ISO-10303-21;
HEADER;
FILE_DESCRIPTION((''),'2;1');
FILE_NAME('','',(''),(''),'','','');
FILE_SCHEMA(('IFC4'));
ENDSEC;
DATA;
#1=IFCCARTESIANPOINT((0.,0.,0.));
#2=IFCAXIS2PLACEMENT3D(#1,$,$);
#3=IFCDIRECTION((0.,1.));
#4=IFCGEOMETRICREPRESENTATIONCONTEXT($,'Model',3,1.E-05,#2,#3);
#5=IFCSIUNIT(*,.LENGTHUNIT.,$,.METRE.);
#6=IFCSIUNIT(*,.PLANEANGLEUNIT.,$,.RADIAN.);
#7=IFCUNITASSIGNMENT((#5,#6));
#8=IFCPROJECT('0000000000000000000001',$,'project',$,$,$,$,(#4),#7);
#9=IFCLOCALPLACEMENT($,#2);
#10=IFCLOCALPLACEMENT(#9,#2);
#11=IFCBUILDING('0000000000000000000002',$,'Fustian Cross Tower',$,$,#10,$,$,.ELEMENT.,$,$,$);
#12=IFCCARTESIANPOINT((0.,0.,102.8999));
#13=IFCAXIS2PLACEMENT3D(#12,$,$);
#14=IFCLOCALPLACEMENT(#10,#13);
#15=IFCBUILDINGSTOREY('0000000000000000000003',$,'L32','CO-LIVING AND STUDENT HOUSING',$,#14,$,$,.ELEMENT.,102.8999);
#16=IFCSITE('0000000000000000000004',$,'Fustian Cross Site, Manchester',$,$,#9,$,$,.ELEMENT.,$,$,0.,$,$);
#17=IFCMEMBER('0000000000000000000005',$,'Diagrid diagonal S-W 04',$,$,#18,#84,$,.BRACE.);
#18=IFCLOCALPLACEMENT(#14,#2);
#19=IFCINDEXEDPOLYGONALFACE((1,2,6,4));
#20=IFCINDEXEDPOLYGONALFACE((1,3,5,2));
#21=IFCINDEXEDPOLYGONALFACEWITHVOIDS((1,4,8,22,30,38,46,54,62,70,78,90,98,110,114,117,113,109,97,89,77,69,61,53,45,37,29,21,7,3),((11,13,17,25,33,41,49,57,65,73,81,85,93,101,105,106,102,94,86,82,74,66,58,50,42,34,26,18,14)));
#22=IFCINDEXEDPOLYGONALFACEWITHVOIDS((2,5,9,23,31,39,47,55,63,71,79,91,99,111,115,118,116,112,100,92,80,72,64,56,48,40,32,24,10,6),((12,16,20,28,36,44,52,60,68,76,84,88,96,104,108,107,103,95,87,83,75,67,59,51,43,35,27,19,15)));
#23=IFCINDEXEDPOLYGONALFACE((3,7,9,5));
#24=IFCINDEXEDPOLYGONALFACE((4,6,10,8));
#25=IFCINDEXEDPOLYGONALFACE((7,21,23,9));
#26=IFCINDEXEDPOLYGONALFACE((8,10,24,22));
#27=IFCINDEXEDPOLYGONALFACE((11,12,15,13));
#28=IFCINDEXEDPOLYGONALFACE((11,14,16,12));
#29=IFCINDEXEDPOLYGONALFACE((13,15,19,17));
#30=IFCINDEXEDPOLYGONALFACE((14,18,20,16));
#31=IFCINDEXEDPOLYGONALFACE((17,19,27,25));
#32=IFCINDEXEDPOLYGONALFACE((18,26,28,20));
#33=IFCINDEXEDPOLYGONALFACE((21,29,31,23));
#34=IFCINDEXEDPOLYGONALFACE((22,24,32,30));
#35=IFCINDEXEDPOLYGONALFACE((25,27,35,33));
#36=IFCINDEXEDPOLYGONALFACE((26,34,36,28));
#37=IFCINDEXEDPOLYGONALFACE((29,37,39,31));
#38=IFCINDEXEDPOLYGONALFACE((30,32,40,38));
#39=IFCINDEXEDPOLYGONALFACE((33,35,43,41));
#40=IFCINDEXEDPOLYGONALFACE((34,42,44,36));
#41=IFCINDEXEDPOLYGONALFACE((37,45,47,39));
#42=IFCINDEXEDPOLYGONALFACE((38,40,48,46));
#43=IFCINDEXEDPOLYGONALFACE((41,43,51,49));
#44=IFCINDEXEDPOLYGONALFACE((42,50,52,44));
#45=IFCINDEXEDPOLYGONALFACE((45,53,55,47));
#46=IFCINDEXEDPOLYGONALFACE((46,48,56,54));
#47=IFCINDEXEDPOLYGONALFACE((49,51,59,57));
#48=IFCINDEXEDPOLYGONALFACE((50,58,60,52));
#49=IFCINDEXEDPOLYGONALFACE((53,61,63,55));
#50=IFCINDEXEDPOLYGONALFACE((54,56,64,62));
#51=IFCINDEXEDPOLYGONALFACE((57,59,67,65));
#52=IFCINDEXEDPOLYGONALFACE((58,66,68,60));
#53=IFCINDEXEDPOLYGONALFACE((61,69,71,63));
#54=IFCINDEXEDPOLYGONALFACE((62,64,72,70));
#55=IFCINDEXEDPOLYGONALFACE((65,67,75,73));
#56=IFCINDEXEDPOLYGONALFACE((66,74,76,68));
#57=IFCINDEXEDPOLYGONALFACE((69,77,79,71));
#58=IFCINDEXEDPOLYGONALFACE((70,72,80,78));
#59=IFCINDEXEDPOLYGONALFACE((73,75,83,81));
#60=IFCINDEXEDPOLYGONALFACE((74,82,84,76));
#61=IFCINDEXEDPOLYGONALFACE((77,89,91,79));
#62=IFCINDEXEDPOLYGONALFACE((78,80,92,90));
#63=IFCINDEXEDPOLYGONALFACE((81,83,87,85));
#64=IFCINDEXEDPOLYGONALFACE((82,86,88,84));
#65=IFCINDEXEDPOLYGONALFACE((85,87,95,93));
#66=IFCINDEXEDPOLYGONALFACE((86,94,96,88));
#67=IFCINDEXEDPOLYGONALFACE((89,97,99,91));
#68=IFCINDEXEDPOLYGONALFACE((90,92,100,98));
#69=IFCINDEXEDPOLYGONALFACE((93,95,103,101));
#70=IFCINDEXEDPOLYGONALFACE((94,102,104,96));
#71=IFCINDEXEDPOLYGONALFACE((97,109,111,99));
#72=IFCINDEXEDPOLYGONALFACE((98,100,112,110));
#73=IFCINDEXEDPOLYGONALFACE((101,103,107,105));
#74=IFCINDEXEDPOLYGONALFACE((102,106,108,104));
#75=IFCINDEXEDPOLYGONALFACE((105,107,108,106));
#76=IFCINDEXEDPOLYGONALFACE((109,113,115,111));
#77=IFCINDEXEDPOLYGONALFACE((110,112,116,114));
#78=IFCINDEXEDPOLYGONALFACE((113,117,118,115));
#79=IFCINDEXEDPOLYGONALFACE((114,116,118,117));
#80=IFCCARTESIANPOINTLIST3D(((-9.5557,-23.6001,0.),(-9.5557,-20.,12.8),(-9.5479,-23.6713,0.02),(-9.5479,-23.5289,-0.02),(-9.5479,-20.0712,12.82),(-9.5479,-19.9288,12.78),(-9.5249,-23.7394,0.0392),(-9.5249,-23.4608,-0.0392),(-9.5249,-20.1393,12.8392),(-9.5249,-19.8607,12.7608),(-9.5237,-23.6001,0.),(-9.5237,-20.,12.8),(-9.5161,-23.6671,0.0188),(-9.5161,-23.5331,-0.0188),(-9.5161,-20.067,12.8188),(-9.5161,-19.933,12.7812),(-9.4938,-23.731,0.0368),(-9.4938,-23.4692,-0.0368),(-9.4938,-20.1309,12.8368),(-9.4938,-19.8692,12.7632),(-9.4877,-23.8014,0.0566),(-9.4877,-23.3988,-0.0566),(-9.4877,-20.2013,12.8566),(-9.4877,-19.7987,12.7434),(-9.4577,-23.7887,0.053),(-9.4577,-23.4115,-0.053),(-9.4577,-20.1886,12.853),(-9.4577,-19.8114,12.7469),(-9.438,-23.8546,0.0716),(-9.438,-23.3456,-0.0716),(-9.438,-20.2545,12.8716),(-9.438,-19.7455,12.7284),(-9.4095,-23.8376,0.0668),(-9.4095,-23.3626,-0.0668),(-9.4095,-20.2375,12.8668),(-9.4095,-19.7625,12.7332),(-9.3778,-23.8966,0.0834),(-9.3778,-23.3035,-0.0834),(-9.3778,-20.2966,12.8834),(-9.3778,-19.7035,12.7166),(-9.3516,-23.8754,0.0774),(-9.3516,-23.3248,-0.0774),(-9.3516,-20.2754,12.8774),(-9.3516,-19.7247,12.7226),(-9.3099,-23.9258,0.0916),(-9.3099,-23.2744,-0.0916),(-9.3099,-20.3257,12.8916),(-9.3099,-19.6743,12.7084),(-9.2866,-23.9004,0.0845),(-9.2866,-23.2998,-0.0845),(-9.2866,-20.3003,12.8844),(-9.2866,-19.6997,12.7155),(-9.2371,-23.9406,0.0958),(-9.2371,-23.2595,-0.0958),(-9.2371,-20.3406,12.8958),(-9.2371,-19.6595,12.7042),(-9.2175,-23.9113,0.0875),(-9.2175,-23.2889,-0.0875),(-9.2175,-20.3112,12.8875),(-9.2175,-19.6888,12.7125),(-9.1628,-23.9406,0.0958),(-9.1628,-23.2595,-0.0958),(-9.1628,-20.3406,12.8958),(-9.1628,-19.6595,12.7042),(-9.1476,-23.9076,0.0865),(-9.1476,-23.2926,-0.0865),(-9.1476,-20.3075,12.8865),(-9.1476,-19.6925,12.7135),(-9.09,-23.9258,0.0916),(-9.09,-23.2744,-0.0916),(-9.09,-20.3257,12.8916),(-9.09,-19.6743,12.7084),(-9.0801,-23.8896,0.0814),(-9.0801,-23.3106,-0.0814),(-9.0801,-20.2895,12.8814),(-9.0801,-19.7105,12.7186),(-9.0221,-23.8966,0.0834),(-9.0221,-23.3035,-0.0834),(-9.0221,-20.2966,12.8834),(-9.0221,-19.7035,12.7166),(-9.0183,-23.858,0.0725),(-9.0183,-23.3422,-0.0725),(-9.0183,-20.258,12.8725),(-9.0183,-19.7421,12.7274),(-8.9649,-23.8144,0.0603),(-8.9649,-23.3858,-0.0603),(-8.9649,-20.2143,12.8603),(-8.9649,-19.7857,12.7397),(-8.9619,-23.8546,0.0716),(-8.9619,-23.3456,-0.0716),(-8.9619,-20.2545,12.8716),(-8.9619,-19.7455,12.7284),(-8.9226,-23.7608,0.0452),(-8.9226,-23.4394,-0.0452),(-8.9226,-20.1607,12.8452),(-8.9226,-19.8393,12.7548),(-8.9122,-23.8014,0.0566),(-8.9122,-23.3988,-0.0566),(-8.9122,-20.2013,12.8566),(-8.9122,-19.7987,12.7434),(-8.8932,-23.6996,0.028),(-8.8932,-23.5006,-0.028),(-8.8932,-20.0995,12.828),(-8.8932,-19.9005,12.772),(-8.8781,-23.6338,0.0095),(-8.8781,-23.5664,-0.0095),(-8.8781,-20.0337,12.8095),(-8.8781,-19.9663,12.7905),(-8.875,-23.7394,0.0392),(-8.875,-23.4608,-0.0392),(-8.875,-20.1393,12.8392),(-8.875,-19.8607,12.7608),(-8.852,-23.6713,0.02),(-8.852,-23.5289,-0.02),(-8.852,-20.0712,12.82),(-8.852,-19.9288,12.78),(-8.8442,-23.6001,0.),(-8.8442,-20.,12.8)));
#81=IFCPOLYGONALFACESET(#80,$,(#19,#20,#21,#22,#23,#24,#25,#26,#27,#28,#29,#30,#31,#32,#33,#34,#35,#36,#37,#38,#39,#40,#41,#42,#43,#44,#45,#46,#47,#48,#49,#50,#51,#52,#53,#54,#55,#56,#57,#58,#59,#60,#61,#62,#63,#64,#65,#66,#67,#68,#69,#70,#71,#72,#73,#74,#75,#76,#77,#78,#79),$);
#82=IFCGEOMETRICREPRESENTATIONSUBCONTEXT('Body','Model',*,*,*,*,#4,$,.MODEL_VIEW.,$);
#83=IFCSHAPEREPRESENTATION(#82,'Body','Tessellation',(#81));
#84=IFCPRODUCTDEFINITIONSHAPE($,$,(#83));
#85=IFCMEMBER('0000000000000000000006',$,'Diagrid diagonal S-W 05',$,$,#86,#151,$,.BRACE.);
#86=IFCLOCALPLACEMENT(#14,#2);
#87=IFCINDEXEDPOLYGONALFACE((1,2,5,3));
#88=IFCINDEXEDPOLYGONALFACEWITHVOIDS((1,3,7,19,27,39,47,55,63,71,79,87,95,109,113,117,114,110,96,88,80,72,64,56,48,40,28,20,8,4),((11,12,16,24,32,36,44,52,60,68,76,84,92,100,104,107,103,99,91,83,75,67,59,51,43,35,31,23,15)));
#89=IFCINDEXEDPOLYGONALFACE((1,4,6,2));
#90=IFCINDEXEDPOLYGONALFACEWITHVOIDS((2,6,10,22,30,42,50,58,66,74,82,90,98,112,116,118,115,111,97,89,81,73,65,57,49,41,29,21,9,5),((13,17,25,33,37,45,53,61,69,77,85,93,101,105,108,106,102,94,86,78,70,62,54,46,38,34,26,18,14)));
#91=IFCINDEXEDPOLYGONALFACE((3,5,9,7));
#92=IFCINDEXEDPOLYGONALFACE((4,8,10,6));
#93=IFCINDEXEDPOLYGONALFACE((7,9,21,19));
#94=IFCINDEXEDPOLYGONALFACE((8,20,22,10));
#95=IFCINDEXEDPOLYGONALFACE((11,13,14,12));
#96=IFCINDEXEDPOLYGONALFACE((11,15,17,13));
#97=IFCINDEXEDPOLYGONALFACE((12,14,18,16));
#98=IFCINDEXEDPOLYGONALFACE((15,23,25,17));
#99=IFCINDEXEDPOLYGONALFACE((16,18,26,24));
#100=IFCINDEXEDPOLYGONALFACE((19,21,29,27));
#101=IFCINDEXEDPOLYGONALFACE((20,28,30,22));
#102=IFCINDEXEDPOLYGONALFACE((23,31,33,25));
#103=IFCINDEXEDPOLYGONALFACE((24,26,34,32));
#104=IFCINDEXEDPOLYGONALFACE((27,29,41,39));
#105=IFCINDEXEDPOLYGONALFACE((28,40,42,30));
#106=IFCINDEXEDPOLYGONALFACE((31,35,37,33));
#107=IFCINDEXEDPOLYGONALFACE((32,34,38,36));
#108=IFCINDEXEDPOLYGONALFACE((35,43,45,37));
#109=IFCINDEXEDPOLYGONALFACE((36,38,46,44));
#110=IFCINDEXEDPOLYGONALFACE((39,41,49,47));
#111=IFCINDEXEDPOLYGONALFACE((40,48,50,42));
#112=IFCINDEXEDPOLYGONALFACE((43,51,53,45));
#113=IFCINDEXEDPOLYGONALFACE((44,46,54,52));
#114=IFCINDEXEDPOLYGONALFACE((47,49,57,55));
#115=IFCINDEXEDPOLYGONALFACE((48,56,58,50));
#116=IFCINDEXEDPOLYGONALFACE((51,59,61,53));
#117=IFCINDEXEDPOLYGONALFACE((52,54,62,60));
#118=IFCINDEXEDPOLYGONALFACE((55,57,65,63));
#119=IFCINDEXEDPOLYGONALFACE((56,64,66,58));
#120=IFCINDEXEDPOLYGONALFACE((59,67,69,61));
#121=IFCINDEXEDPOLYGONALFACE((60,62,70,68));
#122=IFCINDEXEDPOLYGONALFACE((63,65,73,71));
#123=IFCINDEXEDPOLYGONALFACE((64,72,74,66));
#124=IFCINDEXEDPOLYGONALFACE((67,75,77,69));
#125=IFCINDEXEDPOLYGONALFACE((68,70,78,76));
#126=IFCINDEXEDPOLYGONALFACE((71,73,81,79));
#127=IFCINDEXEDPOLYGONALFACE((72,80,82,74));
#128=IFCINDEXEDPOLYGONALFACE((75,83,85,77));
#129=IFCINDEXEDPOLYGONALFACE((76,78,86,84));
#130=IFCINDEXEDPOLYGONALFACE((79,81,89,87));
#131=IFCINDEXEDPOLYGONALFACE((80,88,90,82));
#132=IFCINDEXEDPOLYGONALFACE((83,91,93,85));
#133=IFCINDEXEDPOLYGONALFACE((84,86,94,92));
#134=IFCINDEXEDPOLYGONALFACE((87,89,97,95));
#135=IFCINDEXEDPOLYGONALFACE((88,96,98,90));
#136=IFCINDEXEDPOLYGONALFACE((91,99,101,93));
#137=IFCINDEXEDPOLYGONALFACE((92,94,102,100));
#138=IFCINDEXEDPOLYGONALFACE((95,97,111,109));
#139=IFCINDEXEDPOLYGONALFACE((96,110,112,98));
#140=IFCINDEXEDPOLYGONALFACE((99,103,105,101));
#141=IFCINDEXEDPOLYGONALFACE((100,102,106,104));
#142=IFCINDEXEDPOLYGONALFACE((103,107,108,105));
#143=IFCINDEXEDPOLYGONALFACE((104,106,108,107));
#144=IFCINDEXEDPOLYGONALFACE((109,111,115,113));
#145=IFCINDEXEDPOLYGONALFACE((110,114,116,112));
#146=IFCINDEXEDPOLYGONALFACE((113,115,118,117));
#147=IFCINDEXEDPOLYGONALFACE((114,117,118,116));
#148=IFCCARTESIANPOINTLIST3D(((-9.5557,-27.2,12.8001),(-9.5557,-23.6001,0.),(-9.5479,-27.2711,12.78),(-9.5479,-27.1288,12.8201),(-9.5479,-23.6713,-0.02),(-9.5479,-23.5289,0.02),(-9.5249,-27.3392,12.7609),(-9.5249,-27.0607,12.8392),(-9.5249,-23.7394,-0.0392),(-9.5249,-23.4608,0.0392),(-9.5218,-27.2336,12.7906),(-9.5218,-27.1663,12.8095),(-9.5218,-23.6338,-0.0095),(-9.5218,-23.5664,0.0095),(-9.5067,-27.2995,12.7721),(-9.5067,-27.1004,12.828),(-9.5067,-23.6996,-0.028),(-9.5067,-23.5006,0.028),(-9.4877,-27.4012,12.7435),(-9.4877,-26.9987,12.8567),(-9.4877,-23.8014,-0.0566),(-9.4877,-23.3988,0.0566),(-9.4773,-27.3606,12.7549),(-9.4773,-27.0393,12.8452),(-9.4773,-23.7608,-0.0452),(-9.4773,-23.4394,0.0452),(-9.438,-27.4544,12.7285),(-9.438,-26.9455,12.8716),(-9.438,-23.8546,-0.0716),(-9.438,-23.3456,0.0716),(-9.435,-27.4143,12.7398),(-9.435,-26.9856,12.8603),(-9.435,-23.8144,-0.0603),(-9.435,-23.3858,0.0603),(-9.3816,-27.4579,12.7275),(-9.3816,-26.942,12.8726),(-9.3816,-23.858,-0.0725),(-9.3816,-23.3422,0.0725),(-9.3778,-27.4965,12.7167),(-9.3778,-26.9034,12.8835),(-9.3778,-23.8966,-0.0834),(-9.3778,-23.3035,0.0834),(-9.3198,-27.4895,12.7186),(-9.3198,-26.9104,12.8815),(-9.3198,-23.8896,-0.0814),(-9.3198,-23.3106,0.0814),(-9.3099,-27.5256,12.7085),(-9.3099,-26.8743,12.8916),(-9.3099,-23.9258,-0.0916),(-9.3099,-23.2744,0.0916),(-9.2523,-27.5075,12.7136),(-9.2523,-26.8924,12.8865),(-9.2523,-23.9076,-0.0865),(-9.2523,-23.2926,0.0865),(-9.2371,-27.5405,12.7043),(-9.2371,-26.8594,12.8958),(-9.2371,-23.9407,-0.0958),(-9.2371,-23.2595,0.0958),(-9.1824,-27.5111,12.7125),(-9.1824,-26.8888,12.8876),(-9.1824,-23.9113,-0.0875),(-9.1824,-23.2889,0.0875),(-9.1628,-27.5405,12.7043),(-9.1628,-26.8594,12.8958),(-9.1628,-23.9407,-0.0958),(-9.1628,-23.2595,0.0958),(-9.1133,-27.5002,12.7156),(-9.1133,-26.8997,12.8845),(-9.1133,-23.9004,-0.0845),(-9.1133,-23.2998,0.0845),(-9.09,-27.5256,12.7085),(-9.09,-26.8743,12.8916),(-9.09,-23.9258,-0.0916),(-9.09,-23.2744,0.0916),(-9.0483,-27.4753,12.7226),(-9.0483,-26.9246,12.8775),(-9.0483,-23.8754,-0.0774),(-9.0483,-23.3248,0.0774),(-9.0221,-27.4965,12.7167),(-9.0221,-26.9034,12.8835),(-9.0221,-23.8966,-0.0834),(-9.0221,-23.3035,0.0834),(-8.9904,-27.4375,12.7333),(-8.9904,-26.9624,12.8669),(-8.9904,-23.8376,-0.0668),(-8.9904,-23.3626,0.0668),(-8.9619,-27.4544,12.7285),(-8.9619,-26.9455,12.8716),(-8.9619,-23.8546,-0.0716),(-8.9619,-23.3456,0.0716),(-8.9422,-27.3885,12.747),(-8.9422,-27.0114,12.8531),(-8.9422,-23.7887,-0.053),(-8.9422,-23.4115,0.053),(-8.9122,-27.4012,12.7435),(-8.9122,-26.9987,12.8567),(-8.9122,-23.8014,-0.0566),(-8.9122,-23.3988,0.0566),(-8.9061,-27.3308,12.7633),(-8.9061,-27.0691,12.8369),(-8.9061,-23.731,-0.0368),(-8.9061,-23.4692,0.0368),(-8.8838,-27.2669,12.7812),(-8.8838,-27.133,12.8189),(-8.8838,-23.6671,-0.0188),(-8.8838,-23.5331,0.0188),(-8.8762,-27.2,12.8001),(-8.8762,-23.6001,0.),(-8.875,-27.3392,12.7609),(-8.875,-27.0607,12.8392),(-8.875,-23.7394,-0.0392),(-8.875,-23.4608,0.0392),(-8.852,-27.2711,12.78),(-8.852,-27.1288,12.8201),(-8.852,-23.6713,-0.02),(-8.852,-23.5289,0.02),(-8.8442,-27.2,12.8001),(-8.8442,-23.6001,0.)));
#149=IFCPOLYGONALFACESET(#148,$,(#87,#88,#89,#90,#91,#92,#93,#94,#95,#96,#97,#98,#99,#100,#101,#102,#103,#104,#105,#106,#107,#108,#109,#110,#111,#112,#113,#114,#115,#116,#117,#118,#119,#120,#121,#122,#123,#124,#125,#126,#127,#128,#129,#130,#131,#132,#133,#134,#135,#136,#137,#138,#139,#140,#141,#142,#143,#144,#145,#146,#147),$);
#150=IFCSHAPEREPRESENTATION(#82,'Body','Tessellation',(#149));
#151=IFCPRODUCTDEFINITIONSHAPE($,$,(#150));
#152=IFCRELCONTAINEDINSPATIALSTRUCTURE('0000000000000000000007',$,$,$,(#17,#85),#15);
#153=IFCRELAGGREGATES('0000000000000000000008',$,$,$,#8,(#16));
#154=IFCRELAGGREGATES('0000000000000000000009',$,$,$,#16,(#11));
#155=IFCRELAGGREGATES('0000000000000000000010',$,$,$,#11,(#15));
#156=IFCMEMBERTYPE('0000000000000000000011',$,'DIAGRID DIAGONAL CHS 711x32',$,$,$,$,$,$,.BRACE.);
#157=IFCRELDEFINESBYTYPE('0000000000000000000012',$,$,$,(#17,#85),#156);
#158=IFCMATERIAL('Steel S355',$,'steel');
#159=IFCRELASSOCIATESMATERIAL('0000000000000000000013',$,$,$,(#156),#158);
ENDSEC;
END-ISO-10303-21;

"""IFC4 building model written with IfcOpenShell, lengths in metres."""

from ifc_helpers import new_model, si_unit, direction, frame, origin, origin_2d, place, context, subcontext, project, spatial, hollow_circle, extrude, material, material_profile, profile_set, type_object, element, save


model = new_model("IFC4")

# Units and contexts
model_context = context("Model", 3, precision=1e-05, world=origin(), true_north=direction((0.0, 1.0)))
body_context = subcontext(model_context, "Body", "Model", "MODEL_VIEW")
ifc_project = project(units=[si_unit("LENGTHUNIT", "METRE"), si_unit("PLANEANGLEUNIT", "RADIAN")], contexts=[model_context])

# Site, building, storey
site_placement = place(None, origin())
site = spatial("IfcSite", under=ifc_project, at=site_placement, Name="Fustian Cross Site, Manchester", CompositionType="ELEMENT", RefElevation=0.0)
building_placement = place(site_placement, origin())
building = spatial("IfcBuilding", under=site, at=building_placement, Name="Fustian Cross Tower", CompositionType="ELEMENT")
storey_placement = place(building_placement, frame((0.0, 0.0, 102.8999)))
storey = spatial("IfcBuildingStorey", under=building, at=storey_placement, Name="L32", Description="CO-LIVING AND STUDENT HOUSING", CompositionType="ELEMENT", Elevation=102.8999)

# Members
ifc_material_1 = material(Name="Steel S355", Category="steel")
ifc_material_profile_1 = material_profile(ifc_material_1, hollow_circle(Radius=0.3557, WallThickness=0.032, at=origin_2d()), Name="CHS 711x32")
ifc_profile_set_1 = profile_set([ifc_material_profile_1], Name="Steel S355")
member_type_1 = type_object("IfcMemberType", Name="DIAGRID DIAGONAL CHS 711x32", PredefinedType="BRACE", material=ifc_profile_set_1)
for number, where, z_axis, x_axis, name in (
    (1, (-9.2, -23.6001, 0.0), (0.0, 0.270751, 0.962649), (-1.0, 0.0, 0.0), "Diagrid diagonal S-W 04"),
    (2, (-9.2, -23.6001, 0.0), (0.0, -0.270734, 0.962654), (1.0, 0.0, 0.0), "Diagrid diagonal S-W 05"),
):
    element("IfcMember", number, at=place(storey_placement, frame(where, z_axis=z_axis, x_axis=x_axis)), inside=storey, type_object=member_type_1, Name=name, PredefinedType="BRACE", context=body_context, shape_type="SweptSolid", body=[
        extrude(hollow_circle(Radius=0.3557, WallThickness=0.032, at=origin_2d()), origin(), (0.0, 0.0, 1.0), 13.2966),
    ])

save(model, "model.ifc")
